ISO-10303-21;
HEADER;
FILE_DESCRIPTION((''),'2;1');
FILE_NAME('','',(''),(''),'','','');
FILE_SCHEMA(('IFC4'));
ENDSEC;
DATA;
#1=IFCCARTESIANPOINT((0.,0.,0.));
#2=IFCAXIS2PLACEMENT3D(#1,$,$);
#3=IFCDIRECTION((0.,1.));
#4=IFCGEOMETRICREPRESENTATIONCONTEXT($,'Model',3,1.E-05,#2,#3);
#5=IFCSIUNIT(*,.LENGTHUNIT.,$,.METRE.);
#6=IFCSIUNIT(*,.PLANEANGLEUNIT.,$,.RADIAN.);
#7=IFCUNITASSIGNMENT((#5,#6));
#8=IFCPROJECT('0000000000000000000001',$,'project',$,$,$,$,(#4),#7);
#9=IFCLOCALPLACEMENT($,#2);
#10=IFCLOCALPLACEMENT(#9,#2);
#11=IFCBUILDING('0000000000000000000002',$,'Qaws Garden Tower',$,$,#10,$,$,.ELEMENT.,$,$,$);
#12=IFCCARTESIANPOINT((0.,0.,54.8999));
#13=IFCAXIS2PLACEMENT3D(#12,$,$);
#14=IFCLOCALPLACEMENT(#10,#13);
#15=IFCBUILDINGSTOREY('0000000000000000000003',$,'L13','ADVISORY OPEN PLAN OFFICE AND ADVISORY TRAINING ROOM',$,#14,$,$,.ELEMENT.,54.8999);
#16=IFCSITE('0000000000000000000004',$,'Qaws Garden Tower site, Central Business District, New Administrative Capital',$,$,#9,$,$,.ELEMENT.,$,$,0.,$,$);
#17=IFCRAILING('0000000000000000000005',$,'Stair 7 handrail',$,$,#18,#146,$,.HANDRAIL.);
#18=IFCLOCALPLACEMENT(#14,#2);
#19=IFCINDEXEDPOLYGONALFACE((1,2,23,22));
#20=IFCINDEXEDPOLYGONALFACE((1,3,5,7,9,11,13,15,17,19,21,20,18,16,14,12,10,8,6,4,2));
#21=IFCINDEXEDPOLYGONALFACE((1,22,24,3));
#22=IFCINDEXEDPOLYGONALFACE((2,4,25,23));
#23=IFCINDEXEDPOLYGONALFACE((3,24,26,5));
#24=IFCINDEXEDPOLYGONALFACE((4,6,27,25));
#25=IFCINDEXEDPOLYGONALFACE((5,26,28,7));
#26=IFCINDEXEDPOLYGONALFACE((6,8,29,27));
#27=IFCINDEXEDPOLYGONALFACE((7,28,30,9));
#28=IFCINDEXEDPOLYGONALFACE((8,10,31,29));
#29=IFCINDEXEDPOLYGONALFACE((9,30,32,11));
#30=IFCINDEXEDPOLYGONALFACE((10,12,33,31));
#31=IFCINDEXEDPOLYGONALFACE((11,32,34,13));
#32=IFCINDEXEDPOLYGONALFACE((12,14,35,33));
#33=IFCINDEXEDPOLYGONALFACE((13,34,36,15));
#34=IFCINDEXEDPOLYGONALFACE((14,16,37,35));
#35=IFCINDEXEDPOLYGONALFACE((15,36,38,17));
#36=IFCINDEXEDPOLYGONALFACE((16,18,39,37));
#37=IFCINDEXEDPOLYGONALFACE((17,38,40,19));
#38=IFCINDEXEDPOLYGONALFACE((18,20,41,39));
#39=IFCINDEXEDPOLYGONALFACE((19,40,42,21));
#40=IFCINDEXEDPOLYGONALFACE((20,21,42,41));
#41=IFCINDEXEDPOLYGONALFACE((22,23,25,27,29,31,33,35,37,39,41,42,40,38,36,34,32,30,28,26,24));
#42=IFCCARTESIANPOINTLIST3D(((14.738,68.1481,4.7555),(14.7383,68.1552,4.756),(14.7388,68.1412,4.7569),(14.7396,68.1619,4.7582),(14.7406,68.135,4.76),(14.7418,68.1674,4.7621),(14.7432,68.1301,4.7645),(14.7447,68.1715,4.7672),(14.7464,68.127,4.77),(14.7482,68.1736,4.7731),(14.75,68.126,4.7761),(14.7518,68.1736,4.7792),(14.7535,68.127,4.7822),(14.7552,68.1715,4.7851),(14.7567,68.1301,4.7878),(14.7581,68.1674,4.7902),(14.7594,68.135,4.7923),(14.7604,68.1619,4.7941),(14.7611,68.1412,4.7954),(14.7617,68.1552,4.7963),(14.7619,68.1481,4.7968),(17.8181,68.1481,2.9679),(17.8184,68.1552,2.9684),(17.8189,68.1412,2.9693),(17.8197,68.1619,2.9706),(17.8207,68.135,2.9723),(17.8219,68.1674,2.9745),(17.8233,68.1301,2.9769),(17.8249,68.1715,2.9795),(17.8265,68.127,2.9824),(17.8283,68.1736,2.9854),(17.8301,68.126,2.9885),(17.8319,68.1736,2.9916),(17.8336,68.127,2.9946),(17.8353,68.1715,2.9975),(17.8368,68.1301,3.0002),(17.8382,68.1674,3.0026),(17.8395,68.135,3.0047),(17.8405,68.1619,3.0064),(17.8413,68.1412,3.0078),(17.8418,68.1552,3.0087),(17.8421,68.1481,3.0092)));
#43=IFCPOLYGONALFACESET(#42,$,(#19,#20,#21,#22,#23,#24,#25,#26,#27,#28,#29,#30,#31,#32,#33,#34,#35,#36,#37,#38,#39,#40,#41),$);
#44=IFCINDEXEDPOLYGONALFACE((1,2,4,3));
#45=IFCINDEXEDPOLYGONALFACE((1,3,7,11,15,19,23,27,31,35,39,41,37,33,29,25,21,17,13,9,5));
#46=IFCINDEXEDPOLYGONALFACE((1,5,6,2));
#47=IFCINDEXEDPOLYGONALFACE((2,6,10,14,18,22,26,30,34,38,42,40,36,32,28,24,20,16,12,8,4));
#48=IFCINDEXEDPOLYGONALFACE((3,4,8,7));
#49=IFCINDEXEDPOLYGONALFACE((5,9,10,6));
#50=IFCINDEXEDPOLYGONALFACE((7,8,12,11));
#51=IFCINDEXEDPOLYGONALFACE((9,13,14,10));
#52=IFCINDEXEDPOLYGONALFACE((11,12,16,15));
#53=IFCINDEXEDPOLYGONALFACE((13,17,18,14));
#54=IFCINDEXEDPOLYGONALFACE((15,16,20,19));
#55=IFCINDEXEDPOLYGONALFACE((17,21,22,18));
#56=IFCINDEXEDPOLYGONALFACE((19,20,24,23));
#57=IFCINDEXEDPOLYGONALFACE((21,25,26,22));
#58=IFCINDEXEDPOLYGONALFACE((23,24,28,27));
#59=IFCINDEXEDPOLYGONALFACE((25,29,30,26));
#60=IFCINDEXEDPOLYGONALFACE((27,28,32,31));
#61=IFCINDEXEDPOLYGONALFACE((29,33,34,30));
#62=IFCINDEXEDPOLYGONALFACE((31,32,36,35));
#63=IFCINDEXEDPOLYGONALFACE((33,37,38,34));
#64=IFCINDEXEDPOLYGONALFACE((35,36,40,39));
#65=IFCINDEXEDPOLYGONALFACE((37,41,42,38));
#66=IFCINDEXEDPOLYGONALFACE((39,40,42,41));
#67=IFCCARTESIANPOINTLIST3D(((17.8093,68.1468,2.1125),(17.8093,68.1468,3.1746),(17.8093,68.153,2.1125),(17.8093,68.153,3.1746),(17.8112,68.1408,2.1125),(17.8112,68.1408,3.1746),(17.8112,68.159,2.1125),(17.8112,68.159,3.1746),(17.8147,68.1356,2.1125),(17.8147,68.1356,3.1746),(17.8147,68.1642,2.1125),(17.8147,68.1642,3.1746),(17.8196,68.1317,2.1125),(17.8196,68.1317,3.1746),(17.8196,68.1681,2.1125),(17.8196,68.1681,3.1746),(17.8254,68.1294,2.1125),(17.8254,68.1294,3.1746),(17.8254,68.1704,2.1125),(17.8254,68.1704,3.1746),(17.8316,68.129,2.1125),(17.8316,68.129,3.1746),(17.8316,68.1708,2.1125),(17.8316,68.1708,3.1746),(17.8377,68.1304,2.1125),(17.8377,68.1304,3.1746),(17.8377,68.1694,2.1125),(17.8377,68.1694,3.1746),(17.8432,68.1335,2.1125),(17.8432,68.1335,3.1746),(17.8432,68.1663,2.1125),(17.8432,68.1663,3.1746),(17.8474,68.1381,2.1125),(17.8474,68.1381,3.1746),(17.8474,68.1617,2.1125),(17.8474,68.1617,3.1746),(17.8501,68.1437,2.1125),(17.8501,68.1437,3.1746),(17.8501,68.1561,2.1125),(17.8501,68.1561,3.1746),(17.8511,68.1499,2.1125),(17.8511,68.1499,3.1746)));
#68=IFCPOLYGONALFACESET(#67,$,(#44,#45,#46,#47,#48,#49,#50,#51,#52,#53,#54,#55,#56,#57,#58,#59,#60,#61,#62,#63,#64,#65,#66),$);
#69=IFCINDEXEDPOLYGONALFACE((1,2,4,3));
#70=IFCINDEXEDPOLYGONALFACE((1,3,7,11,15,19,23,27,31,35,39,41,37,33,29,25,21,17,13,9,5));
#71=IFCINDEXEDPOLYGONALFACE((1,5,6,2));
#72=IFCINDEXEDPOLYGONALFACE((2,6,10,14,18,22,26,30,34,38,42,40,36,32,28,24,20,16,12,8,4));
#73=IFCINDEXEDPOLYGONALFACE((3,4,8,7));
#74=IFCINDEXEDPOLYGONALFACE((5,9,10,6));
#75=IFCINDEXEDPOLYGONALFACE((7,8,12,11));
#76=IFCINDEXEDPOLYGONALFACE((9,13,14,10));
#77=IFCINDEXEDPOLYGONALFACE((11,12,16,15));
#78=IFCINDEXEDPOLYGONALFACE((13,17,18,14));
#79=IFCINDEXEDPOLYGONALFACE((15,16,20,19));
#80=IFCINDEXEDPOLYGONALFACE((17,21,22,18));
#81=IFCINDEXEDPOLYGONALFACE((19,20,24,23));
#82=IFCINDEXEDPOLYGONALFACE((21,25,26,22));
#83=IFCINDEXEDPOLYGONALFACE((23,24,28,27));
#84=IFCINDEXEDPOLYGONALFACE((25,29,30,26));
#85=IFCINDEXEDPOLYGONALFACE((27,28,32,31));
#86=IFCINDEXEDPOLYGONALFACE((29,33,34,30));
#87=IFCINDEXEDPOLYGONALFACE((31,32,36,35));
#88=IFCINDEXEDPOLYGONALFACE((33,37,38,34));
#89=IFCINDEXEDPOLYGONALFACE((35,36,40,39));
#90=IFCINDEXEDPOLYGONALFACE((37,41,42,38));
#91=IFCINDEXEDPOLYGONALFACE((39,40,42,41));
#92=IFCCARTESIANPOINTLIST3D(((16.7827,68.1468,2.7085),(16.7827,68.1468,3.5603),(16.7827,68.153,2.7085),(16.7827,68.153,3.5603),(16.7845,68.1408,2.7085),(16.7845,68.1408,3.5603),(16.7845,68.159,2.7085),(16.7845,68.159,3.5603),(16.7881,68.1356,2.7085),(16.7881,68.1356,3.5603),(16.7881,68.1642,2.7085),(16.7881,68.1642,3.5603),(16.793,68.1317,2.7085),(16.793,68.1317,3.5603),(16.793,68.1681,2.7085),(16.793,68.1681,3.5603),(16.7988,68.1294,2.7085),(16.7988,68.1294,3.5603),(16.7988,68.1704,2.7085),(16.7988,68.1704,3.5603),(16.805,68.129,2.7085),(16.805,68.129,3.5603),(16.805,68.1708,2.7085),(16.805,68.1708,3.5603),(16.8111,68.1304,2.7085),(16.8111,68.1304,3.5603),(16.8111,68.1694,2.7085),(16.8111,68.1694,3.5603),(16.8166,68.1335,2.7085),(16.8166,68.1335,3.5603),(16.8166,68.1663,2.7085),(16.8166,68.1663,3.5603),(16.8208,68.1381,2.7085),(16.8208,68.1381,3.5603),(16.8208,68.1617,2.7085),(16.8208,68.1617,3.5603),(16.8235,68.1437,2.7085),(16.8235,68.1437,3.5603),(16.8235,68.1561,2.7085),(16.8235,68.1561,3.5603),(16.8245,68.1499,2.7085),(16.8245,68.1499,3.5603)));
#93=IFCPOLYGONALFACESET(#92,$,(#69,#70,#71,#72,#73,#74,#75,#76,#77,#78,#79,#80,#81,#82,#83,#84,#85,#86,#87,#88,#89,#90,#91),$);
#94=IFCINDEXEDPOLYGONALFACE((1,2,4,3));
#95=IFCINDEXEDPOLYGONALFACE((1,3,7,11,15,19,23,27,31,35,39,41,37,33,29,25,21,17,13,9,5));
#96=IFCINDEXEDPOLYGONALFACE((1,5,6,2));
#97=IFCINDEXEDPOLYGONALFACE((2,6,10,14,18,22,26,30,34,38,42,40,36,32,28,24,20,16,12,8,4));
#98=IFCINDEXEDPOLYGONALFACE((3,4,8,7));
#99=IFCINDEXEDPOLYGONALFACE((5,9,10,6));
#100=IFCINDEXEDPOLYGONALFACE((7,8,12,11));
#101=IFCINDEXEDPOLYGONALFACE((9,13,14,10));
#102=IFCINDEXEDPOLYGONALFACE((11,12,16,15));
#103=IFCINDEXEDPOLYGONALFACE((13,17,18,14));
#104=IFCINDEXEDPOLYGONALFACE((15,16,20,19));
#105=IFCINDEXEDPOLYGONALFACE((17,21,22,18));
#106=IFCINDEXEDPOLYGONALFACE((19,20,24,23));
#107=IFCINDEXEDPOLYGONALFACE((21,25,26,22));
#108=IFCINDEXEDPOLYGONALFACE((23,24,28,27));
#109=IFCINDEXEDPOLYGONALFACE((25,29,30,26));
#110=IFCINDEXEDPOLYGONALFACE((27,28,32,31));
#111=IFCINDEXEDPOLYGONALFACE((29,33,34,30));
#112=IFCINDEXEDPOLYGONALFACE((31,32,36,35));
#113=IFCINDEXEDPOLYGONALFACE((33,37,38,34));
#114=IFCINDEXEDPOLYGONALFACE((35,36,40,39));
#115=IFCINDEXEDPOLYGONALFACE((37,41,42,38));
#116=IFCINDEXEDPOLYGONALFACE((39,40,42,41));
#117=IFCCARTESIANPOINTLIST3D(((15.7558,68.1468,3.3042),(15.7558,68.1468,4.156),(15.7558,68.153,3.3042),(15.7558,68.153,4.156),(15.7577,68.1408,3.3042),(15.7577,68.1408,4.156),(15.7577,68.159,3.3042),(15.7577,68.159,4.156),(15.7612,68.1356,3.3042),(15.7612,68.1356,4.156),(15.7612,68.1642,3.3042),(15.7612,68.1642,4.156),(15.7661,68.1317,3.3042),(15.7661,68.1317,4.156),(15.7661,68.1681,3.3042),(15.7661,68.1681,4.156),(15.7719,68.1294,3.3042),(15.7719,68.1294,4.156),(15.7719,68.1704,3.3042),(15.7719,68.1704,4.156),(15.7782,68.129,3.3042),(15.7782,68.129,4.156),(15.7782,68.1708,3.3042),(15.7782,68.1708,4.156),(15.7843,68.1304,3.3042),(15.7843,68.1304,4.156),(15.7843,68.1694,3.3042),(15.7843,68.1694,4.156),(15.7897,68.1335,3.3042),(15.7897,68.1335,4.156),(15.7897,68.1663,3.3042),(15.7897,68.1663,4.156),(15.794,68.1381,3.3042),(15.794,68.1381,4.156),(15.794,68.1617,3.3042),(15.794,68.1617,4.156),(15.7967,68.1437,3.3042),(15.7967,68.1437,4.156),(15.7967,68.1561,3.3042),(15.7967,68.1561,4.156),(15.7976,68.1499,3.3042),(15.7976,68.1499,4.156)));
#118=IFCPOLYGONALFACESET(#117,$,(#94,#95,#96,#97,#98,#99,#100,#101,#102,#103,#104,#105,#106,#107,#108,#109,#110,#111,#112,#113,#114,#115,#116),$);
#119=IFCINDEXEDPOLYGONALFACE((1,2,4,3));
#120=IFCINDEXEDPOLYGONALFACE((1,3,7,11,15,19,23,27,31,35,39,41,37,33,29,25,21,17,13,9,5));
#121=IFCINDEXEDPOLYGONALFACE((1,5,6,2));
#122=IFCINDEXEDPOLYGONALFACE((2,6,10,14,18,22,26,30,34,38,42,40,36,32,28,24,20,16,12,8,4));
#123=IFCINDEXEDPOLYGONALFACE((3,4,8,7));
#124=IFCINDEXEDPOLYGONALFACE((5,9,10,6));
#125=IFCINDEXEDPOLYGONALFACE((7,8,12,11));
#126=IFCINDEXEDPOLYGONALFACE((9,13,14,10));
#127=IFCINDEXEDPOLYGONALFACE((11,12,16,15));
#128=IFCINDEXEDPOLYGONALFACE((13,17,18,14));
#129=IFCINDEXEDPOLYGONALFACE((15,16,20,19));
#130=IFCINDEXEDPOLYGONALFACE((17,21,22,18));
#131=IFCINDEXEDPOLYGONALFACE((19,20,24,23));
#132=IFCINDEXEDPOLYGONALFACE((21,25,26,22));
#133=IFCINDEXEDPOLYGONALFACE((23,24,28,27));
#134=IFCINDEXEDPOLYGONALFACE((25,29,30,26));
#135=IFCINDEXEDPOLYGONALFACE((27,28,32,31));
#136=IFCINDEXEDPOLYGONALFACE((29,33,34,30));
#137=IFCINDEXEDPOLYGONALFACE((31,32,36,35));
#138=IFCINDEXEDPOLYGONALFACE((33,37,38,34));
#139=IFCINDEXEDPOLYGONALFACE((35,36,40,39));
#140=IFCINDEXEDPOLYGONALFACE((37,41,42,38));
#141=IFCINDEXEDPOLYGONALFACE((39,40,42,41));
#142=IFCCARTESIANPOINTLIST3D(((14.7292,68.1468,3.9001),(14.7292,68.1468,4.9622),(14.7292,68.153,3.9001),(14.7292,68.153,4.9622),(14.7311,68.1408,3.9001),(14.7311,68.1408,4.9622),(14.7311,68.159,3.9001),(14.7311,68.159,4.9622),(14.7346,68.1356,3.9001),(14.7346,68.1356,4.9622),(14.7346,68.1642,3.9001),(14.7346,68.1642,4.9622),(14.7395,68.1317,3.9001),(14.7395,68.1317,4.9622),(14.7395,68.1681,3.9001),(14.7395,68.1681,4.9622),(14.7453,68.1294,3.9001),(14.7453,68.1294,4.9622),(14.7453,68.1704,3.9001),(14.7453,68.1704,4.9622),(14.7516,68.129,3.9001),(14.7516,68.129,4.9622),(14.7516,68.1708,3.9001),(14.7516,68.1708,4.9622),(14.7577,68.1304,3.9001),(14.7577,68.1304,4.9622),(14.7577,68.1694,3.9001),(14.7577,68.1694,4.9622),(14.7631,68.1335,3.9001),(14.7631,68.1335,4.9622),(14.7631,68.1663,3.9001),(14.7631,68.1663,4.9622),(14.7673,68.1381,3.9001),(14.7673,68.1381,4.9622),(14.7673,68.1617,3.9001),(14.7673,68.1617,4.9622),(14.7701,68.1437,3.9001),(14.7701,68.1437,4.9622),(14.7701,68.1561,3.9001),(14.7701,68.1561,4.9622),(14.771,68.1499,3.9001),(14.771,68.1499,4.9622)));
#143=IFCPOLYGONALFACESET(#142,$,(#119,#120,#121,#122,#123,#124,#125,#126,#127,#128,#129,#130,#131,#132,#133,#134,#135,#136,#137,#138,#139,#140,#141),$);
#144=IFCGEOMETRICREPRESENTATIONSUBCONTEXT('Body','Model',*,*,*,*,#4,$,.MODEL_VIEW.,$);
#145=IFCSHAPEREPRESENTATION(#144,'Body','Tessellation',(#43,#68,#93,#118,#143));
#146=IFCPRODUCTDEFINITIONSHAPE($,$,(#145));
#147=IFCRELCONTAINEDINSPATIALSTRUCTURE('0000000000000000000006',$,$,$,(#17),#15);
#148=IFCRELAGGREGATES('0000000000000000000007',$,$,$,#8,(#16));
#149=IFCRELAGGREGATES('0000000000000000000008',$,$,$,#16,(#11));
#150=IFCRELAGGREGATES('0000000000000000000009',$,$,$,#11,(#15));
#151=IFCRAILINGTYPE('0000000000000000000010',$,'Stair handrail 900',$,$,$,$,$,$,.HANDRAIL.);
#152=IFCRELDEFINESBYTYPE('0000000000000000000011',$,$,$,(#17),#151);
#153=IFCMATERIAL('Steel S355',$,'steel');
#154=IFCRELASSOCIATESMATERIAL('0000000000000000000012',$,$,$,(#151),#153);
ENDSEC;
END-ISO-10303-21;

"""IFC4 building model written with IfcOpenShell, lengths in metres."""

from ifc_helpers import new_model, si_unit, direction, frame, origin, origin_2d, place, context, subcontext, project, spatial, circle, extrude, material, type_object, element, save


model = new_model("IFC4")

# Units and contexts
model_context = context("Model", 3, precision=1e-05, world=origin(), true_north=direction((0.0, 1.0)))
body_context = subcontext(model_context, "Body", "Model", "MODEL_VIEW")
ifc_project = project(units=[si_unit("LENGTHUNIT", "METRE"), si_unit("PLANEANGLEUNIT", "RADIAN")], contexts=[model_context])

# Site, building, storey
site_placement = place(None, origin())
site = spatial("IfcSite", under=ifc_project, at=site_placement, Name="Qaws Garden Tower site, Central Business District, New Administrative Capital", CompositionType="ELEMENT", RefElevation=0.0)
building_placement = place(site_placement, origin())
building = spatial("IfcBuilding", under=site, at=building_placement, Name="Qaws Garden Tower", CompositionType="ELEMENT")
storey_placement = place(building_placement, frame((0.0, 0.0, 54.8999)))
storey = spatial("IfcBuildingStorey", under=building, at=storey_placement, Name="L13", Description="ADVISORY OPEN PLAN OFFICE AND ADVISORY TRAINING ROOM", CompositionType="ELEMENT", Elevation=54.8999)

# Railing
ifc_material_1 = material(Name="Steel S355", Category="steel")
railing_type = type_object("IfcRailingType", Name="Stair handrail 900", PredefinedType="HANDRAIL", material=ifc_material_1)
railing_1_placement = place(storey_placement, frame((17.8301, 68.1499, 2.1125)))
element("IfcRailing", 1, at=railing_1_placement, inside=storey, type_object=railing_type, Name="Stair 7 handrail", PredefinedType="HANDRAIL", context=body_context, shape_type="SweptSolid", body=[
    extrude(circle(Radius=0.0239, at=origin_2d()), frame((0.0, 0.0, 0.876), z_axis=(-0.864891, 0.0, 0.50196), x_axis=(0.0, -1.0, 0.0)), (0.0, 0.0, 1.0), 3.5613),
    extrude(circle(Radius=0.021, at=origin_2d()), origin(), (0.0, 0.0, 1.0), 1.062),
    extrude(circle(Radius=0.021, at=origin_2d()), frame((-1.0266, 0.0, 0.5959)), (0.0, 0.0, 1.0), 0.8518),
    extrude(circle(Radius=0.021, at=origin_2d()), frame((-2.0535, 0.0, 1.1917)), (0.0, 0.0, 1.0), 0.8518),
    extrude(circle(Radius=0.021, at=origin_2d()), frame((-3.0801, 0.0, 1.7876)), (0.0, 0.0, 1.0), 1.062),
])

save(model, "model.ifc")
